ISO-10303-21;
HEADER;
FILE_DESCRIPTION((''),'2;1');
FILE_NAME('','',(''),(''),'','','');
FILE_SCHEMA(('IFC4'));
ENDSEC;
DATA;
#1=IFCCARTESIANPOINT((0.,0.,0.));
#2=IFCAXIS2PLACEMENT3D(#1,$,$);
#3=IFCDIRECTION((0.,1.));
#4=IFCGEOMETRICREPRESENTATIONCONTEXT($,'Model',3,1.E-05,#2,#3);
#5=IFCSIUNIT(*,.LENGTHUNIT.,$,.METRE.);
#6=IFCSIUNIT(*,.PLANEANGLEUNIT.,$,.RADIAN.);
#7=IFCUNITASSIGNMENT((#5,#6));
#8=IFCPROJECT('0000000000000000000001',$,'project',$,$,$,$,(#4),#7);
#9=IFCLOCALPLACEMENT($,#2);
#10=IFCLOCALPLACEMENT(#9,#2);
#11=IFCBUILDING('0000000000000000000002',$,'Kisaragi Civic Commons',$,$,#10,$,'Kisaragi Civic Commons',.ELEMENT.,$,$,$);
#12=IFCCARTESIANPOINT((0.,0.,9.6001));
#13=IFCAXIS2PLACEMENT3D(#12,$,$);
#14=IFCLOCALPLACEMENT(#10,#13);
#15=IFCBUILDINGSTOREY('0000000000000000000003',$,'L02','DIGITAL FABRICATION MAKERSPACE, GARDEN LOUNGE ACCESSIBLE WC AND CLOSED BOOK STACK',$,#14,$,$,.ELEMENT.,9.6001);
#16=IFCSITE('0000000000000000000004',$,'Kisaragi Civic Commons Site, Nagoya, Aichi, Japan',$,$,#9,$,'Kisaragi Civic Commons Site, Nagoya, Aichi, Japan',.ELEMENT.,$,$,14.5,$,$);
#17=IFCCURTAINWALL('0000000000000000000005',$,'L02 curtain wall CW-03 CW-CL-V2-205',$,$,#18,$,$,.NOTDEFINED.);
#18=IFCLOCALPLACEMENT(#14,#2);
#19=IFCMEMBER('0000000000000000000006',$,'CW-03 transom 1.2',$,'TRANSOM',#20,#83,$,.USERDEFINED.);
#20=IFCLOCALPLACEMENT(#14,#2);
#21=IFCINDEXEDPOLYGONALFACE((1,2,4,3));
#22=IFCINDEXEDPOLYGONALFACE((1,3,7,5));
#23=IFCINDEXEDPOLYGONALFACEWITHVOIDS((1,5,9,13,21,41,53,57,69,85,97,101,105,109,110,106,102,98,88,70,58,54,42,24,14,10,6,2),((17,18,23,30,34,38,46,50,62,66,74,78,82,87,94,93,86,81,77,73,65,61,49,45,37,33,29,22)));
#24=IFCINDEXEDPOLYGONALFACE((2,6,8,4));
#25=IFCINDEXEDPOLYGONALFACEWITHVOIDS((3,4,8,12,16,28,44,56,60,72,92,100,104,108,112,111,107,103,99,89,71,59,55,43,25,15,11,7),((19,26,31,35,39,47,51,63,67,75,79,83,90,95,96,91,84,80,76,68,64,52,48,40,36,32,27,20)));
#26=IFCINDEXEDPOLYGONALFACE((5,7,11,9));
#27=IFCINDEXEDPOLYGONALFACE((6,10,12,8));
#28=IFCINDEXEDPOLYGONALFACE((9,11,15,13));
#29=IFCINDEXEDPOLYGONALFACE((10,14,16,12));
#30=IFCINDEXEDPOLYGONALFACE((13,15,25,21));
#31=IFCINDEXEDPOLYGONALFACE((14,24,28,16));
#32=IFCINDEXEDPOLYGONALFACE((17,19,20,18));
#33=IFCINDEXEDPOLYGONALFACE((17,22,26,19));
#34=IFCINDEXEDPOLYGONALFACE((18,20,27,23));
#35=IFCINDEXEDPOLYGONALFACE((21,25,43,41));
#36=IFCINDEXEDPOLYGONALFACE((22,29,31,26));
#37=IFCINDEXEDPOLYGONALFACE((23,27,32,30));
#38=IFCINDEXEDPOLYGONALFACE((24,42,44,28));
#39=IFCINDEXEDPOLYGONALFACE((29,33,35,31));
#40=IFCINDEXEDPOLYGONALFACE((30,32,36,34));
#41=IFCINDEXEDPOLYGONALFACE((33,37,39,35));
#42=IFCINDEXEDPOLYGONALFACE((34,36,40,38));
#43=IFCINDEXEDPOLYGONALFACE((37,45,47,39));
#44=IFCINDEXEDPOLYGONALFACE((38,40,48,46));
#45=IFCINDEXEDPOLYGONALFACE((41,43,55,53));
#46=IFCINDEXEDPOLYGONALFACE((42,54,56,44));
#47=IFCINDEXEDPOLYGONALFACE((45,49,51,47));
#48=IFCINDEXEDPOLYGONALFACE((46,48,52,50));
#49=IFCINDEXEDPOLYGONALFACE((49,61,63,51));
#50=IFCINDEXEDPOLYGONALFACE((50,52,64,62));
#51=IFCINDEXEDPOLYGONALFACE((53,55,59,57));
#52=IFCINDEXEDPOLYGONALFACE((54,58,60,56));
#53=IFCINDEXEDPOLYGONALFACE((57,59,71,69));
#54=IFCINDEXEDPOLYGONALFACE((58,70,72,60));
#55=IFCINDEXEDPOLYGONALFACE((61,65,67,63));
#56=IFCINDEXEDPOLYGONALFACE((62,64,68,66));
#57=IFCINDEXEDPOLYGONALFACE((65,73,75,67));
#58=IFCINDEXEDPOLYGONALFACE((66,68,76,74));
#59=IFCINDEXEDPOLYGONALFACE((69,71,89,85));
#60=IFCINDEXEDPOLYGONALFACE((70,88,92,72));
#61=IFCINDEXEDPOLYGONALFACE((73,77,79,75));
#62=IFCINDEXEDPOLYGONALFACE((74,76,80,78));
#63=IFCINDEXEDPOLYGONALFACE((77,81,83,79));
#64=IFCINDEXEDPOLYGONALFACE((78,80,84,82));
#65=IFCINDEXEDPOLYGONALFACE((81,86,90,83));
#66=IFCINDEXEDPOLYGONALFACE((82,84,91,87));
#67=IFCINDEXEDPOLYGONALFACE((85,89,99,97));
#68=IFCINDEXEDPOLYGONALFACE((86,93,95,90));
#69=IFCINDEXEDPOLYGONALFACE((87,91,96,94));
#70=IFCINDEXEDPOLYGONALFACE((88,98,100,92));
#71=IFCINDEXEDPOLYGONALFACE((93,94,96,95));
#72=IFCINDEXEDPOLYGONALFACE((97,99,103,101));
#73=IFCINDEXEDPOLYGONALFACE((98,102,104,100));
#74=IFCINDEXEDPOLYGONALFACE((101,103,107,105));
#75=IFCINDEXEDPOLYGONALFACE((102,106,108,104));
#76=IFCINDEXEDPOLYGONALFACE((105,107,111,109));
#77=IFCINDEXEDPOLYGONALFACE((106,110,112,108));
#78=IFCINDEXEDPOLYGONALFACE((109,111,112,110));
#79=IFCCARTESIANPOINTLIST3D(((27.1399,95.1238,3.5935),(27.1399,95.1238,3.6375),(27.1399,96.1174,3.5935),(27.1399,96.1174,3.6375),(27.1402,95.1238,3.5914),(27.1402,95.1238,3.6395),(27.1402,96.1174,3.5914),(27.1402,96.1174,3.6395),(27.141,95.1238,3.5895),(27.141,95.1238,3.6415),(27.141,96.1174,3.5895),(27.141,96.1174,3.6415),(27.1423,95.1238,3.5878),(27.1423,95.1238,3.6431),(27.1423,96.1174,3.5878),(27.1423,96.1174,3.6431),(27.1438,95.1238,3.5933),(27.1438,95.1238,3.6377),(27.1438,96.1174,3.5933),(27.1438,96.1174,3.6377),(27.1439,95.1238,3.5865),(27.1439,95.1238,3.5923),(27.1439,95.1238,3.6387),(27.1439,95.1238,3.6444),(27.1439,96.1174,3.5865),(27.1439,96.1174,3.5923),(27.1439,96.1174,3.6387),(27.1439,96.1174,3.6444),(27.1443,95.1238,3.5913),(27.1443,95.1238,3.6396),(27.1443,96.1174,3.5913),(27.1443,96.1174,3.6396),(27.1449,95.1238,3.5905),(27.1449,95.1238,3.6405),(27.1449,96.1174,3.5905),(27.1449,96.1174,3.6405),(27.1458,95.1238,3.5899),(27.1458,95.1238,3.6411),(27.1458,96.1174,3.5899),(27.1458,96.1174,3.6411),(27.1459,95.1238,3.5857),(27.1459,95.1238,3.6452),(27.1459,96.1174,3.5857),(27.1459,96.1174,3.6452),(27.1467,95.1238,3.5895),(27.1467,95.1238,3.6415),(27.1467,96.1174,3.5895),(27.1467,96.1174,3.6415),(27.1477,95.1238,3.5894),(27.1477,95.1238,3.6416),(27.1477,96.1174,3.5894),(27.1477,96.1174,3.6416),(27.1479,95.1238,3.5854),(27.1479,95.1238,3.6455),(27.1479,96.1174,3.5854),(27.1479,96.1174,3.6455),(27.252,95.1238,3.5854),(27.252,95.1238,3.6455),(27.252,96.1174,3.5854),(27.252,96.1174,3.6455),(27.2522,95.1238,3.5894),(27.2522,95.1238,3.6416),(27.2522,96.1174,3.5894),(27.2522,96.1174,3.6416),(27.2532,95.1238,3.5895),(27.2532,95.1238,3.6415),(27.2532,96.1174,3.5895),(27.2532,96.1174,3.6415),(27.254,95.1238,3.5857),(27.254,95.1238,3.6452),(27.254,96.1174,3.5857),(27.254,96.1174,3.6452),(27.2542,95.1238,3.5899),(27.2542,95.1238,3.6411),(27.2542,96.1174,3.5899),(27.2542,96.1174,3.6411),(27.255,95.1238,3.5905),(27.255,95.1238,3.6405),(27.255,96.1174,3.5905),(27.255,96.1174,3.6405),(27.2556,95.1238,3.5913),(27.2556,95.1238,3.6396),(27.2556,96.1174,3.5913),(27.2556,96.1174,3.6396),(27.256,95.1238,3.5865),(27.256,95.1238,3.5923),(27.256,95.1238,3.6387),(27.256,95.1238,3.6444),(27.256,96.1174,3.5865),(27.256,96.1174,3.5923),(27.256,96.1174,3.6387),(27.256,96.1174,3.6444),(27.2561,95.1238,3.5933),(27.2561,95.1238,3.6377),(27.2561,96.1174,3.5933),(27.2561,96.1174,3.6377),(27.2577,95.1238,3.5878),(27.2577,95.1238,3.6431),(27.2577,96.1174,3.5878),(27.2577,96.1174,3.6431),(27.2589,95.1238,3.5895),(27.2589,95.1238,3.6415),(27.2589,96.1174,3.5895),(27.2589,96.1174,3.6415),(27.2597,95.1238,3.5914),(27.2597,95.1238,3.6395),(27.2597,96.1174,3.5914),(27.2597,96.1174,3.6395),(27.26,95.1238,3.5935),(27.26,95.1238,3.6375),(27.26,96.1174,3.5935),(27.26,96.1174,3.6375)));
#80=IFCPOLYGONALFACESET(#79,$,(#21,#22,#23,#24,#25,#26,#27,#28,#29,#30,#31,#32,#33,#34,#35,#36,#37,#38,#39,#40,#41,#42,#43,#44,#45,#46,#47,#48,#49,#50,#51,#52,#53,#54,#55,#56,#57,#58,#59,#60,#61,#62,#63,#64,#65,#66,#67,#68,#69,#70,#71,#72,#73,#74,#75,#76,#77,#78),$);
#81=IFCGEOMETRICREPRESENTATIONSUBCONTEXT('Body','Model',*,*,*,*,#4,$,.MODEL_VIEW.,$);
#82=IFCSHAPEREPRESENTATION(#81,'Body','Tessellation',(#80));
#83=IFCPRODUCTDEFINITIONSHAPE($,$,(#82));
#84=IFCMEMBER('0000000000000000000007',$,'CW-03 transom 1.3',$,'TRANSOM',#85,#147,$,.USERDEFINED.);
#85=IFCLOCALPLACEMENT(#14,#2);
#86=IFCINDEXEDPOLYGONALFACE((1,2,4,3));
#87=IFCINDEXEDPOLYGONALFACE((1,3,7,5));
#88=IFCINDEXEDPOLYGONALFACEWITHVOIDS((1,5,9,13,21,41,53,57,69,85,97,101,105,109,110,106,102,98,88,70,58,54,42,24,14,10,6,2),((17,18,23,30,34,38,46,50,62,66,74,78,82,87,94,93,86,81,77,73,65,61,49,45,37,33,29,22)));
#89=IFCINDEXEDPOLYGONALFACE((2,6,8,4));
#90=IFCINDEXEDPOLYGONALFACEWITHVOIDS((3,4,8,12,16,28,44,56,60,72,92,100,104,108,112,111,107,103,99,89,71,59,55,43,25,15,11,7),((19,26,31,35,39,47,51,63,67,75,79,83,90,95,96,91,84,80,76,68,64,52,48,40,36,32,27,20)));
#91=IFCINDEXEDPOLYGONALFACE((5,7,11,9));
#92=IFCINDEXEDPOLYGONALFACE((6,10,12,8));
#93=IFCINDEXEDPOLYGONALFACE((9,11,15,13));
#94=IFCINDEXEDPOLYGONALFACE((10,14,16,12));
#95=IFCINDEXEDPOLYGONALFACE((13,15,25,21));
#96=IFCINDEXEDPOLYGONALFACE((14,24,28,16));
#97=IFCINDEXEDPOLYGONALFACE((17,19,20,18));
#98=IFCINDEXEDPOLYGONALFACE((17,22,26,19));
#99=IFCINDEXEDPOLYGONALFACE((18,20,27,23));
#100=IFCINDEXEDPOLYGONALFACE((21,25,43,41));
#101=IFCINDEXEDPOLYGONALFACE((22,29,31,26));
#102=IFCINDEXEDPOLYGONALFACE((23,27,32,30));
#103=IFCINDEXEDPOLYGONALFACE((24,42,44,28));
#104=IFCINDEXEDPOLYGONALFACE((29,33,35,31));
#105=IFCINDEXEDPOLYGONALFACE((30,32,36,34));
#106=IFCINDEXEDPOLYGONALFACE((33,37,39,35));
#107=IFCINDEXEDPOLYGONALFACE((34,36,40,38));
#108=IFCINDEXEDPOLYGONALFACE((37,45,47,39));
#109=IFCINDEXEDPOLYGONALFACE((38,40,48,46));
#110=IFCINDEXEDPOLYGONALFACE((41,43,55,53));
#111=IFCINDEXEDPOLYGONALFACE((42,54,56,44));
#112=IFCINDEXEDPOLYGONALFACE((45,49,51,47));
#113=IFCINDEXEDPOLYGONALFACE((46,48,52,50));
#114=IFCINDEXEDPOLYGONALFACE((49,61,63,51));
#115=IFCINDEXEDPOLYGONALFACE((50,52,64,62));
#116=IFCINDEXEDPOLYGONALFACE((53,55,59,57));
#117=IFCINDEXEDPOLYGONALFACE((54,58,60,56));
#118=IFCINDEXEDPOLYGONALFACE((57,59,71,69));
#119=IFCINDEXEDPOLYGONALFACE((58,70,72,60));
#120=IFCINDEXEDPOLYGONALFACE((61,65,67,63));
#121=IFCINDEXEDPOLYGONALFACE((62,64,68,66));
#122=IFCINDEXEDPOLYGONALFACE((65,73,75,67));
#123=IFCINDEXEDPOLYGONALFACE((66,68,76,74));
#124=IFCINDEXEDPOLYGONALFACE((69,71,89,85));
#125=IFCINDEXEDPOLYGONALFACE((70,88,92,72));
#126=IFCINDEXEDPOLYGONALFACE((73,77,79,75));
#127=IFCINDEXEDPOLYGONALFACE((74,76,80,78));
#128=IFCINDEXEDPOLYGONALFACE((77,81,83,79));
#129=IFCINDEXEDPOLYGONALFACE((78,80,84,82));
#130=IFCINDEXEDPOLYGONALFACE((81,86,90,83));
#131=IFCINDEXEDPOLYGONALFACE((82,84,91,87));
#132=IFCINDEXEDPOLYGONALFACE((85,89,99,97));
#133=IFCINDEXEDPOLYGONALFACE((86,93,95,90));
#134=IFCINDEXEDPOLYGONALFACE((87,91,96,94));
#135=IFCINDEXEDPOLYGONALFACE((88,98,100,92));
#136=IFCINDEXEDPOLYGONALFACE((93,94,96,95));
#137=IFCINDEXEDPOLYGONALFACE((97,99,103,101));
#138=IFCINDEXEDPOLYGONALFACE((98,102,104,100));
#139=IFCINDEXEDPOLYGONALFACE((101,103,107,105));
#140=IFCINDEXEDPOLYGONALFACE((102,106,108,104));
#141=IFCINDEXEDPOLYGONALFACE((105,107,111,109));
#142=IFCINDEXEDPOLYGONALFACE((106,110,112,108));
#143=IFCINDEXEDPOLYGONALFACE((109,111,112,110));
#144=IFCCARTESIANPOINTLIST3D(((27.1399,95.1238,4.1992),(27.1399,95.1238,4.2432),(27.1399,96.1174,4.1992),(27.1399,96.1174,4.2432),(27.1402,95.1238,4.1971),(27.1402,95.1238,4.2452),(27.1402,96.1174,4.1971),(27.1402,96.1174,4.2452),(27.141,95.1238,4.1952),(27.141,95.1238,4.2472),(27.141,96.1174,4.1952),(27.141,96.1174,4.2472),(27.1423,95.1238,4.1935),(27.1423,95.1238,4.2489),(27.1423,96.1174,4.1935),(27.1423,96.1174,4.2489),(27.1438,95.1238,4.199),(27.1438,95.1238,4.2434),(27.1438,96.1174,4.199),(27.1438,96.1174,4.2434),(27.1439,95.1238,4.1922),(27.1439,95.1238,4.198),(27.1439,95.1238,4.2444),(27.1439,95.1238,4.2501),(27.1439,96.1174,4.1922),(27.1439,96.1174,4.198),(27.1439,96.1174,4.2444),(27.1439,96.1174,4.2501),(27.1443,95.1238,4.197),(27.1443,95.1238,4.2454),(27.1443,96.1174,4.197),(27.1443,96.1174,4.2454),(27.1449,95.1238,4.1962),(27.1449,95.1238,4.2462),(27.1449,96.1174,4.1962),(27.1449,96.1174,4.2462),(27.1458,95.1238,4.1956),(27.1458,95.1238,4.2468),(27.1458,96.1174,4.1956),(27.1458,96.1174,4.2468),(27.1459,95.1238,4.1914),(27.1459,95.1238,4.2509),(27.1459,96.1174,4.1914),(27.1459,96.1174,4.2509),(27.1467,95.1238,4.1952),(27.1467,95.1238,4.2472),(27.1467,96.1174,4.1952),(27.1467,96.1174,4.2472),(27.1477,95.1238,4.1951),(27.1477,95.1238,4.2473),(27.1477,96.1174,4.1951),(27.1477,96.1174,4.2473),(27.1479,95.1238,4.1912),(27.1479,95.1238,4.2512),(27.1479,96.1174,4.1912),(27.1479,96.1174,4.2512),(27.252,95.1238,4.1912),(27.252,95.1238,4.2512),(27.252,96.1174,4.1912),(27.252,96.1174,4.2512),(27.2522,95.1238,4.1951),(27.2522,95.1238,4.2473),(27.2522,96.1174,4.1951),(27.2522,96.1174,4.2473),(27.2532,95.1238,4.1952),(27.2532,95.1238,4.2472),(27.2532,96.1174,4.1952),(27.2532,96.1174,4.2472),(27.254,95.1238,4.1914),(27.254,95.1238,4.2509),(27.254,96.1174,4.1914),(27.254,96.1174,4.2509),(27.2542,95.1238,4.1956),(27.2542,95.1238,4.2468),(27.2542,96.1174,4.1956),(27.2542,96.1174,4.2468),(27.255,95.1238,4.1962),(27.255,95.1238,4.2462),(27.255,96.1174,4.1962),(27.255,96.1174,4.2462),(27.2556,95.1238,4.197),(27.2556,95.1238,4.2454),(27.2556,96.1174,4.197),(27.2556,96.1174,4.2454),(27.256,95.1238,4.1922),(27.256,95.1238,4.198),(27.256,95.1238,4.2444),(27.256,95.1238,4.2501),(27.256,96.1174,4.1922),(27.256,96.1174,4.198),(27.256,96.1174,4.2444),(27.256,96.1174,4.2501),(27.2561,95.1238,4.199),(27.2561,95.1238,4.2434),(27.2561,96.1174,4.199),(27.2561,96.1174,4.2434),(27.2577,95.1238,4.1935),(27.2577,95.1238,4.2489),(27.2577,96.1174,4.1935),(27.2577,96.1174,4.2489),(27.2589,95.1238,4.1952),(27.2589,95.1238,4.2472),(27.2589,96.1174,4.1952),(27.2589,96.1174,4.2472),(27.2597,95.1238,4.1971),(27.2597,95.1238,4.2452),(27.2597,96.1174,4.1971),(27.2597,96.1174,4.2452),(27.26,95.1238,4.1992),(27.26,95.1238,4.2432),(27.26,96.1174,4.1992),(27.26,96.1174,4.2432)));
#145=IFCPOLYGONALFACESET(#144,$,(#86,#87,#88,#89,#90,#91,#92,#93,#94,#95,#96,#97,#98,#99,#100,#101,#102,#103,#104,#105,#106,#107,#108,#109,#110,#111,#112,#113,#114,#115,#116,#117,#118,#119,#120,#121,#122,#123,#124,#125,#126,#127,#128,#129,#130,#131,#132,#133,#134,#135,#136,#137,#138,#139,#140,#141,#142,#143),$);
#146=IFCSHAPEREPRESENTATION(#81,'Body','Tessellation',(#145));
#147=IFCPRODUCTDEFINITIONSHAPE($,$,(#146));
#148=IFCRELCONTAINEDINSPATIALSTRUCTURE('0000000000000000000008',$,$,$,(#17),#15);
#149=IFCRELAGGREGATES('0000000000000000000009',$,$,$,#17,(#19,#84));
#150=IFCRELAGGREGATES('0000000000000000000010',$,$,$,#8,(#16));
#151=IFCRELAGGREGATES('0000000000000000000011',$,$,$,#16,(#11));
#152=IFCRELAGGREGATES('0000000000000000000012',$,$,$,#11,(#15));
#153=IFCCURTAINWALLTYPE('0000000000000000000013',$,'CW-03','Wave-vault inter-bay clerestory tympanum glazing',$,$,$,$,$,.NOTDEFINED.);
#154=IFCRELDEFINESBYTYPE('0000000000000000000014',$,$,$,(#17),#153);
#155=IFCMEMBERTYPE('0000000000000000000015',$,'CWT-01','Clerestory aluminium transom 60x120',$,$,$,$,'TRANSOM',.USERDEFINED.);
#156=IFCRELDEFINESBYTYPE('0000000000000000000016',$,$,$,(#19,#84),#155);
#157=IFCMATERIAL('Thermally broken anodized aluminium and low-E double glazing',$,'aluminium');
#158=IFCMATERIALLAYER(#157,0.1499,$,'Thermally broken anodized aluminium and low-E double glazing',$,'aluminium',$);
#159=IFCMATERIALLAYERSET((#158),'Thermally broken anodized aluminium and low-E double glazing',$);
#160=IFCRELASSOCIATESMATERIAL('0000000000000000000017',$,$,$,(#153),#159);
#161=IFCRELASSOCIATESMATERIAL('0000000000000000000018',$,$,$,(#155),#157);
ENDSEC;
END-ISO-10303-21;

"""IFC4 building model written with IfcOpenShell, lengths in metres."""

from ifc_helpers import new_model, si_unit, direction, frame, origin, origin_2d, place, context, subcontext, project, spatial, hollow_rectangle, extrude, material, layer, layer_set, material_profile, profile_set, type_object, element, aggregate, save


model = new_model("IFC4")

# Units and contexts
model_context = context("Model", 3, precision=1e-05, world=origin(), true_north=direction((0.0, 1.0)))
body_context = subcontext(model_context, "Body", "Model", "MODEL_VIEW")
ifc_project = project(units=[si_unit("LENGTHUNIT", "METRE"), si_unit("PLANEANGLEUNIT", "RADIAN")], contexts=[model_context])

# Site, building, storey
site_placement = place(None, origin())
site = spatial("IfcSite", under=ifc_project, at=site_placement, Name="Kisaragi Civic Commons Site, Nagoya, Aichi, Japan", LongName="Kisaragi Civic Commons Site, Nagoya, Aichi, Japan", CompositionType="ELEMENT", RefElevation=14.5)
building_placement = place(site_placement, origin())
building = spatial("IfcBuilding", under=site, at=building_placement, Name="Kisaragi Civic Commons", LongName="Kisaragi Civic Commons", CompositionType="ELEMENT")
storey_placement = place(building_placement, frame((0.0, 0.0, 9.6001)))
storey = spatial("IfcBuildingStorey", under=building, at=storey_placement, Name="L02", Description="DIGITAL FABRICATION MAKERSPACE, GARDEN LOUNGE ACCESSIBLE WC AND CLOSED BOOK STACK", CompositionType="ELEMENT", Elevation=9.6001)

# Curtain wall
ifc_material_1 = material(Name="Thermally broken anodized aluminium and low-E double glazing", Category="aluminium")
ifc_layer_1 = layer(ifc_material_1, 0.1499, Name="Thermally broken anodized aluminium and low-E double glazing", Category="aluminium")
ifc_layer_set_1 = layer_set([ifc_layer_1], Name="Thermally broken anodized aluminium and low-E double glazing")
curtain_wall_type = type_object("IfcCurtainWallType", Name="CW-03", Description="Wave-vault inter-bay clerestory tympanum glazing", PredefinedType="NOTDEFINED", material=ifc_layer_set_1)
curtain_wall_1_placement = place(storey_placement, origin())
curtain_wall_1 = element("IfcCurtainWall", 1, at=curtain_wall_1_placement, inside=storey, type_object=curtain_wall_type, Name="L02 curtain wall CW-03 CW-CL-V2-205", PredefinedType="NOTDEFINED")

# Members
ifc_material_profile_1 = material_profile(ifc_material_1, hollow_rectangle(XDim=0.1201, YDim=0.0601, WallThickness=0.0039, InnerFilletRadius=0.0039, OuterFilletRadius=0.0081, at=origin_2d()), Name="CWT-60x120x4", Category="aluminium")
ifc_profile_set_1 = profile_set([ifc_material_profile_1], Name="Thermally broken anodized aluminium and low-E double glazing")
member_type_1 = type_object("IfcMemberType", Name="CWT-01", Description="Clerestory aluminium transom 60x120", ElementType="TRANSOM", PredefinedType="USERDEFINED", material=ifc_profile_set_1)
member_1_placement = place(storey_placement, frame((27.2, 95.1238, 3.6155), z_axis=(0.0, 1.0, 0.0), x_axis=(-1.0, 0.0, 0.0)))
member_1 = element("IfcMember", 2, at=member_1_placement, type_object=member_type_1, Name="CW-03 transom 1.2", ObjectType="TRANSOM", PredefinedType="USERDEFINED", context=body_context, shape_type="SweptSolid", body=[
    extrude(hollow_rectangle(XDim=0.1201, YDim=0.0601, WallThickness=0.0039, InnerFilletRadius=0.0039, OuterFilletRadius=0.0081, at=origin_2d()), origin(), (0.0, 0.0, 1.0), 0.9937),
])
member_2_placement = place(storey_placement, frame((27.2, 95.1238, 4.2212), z_axis=(0.0, 1.0, 0.0), x_axis=(-1.0, 0.0, 0.0)))
member_2 = element("IfcMember", 3, at=member_2_placement, type_object=member_type_1, Name="CW-03 transom 1.3", ObjectType="TRANSOM", PredefinedType="USERDEFINED", context=body_context, shape_type="SweptSolid", body=[
    extrude(hollow_rectangle(XDim=0.1201, YDim=0.0601, WallThickness=0.0039, InnerFilletRadius=0.0039, OuterFilletRadius=0.0081, at=origin_2d()), origin(), (0.0, 0.0, 1.0), 0.9937),
])

aggregate(curtain_wall_1, [member_1, member_2])

save(model, "model.ifc")
